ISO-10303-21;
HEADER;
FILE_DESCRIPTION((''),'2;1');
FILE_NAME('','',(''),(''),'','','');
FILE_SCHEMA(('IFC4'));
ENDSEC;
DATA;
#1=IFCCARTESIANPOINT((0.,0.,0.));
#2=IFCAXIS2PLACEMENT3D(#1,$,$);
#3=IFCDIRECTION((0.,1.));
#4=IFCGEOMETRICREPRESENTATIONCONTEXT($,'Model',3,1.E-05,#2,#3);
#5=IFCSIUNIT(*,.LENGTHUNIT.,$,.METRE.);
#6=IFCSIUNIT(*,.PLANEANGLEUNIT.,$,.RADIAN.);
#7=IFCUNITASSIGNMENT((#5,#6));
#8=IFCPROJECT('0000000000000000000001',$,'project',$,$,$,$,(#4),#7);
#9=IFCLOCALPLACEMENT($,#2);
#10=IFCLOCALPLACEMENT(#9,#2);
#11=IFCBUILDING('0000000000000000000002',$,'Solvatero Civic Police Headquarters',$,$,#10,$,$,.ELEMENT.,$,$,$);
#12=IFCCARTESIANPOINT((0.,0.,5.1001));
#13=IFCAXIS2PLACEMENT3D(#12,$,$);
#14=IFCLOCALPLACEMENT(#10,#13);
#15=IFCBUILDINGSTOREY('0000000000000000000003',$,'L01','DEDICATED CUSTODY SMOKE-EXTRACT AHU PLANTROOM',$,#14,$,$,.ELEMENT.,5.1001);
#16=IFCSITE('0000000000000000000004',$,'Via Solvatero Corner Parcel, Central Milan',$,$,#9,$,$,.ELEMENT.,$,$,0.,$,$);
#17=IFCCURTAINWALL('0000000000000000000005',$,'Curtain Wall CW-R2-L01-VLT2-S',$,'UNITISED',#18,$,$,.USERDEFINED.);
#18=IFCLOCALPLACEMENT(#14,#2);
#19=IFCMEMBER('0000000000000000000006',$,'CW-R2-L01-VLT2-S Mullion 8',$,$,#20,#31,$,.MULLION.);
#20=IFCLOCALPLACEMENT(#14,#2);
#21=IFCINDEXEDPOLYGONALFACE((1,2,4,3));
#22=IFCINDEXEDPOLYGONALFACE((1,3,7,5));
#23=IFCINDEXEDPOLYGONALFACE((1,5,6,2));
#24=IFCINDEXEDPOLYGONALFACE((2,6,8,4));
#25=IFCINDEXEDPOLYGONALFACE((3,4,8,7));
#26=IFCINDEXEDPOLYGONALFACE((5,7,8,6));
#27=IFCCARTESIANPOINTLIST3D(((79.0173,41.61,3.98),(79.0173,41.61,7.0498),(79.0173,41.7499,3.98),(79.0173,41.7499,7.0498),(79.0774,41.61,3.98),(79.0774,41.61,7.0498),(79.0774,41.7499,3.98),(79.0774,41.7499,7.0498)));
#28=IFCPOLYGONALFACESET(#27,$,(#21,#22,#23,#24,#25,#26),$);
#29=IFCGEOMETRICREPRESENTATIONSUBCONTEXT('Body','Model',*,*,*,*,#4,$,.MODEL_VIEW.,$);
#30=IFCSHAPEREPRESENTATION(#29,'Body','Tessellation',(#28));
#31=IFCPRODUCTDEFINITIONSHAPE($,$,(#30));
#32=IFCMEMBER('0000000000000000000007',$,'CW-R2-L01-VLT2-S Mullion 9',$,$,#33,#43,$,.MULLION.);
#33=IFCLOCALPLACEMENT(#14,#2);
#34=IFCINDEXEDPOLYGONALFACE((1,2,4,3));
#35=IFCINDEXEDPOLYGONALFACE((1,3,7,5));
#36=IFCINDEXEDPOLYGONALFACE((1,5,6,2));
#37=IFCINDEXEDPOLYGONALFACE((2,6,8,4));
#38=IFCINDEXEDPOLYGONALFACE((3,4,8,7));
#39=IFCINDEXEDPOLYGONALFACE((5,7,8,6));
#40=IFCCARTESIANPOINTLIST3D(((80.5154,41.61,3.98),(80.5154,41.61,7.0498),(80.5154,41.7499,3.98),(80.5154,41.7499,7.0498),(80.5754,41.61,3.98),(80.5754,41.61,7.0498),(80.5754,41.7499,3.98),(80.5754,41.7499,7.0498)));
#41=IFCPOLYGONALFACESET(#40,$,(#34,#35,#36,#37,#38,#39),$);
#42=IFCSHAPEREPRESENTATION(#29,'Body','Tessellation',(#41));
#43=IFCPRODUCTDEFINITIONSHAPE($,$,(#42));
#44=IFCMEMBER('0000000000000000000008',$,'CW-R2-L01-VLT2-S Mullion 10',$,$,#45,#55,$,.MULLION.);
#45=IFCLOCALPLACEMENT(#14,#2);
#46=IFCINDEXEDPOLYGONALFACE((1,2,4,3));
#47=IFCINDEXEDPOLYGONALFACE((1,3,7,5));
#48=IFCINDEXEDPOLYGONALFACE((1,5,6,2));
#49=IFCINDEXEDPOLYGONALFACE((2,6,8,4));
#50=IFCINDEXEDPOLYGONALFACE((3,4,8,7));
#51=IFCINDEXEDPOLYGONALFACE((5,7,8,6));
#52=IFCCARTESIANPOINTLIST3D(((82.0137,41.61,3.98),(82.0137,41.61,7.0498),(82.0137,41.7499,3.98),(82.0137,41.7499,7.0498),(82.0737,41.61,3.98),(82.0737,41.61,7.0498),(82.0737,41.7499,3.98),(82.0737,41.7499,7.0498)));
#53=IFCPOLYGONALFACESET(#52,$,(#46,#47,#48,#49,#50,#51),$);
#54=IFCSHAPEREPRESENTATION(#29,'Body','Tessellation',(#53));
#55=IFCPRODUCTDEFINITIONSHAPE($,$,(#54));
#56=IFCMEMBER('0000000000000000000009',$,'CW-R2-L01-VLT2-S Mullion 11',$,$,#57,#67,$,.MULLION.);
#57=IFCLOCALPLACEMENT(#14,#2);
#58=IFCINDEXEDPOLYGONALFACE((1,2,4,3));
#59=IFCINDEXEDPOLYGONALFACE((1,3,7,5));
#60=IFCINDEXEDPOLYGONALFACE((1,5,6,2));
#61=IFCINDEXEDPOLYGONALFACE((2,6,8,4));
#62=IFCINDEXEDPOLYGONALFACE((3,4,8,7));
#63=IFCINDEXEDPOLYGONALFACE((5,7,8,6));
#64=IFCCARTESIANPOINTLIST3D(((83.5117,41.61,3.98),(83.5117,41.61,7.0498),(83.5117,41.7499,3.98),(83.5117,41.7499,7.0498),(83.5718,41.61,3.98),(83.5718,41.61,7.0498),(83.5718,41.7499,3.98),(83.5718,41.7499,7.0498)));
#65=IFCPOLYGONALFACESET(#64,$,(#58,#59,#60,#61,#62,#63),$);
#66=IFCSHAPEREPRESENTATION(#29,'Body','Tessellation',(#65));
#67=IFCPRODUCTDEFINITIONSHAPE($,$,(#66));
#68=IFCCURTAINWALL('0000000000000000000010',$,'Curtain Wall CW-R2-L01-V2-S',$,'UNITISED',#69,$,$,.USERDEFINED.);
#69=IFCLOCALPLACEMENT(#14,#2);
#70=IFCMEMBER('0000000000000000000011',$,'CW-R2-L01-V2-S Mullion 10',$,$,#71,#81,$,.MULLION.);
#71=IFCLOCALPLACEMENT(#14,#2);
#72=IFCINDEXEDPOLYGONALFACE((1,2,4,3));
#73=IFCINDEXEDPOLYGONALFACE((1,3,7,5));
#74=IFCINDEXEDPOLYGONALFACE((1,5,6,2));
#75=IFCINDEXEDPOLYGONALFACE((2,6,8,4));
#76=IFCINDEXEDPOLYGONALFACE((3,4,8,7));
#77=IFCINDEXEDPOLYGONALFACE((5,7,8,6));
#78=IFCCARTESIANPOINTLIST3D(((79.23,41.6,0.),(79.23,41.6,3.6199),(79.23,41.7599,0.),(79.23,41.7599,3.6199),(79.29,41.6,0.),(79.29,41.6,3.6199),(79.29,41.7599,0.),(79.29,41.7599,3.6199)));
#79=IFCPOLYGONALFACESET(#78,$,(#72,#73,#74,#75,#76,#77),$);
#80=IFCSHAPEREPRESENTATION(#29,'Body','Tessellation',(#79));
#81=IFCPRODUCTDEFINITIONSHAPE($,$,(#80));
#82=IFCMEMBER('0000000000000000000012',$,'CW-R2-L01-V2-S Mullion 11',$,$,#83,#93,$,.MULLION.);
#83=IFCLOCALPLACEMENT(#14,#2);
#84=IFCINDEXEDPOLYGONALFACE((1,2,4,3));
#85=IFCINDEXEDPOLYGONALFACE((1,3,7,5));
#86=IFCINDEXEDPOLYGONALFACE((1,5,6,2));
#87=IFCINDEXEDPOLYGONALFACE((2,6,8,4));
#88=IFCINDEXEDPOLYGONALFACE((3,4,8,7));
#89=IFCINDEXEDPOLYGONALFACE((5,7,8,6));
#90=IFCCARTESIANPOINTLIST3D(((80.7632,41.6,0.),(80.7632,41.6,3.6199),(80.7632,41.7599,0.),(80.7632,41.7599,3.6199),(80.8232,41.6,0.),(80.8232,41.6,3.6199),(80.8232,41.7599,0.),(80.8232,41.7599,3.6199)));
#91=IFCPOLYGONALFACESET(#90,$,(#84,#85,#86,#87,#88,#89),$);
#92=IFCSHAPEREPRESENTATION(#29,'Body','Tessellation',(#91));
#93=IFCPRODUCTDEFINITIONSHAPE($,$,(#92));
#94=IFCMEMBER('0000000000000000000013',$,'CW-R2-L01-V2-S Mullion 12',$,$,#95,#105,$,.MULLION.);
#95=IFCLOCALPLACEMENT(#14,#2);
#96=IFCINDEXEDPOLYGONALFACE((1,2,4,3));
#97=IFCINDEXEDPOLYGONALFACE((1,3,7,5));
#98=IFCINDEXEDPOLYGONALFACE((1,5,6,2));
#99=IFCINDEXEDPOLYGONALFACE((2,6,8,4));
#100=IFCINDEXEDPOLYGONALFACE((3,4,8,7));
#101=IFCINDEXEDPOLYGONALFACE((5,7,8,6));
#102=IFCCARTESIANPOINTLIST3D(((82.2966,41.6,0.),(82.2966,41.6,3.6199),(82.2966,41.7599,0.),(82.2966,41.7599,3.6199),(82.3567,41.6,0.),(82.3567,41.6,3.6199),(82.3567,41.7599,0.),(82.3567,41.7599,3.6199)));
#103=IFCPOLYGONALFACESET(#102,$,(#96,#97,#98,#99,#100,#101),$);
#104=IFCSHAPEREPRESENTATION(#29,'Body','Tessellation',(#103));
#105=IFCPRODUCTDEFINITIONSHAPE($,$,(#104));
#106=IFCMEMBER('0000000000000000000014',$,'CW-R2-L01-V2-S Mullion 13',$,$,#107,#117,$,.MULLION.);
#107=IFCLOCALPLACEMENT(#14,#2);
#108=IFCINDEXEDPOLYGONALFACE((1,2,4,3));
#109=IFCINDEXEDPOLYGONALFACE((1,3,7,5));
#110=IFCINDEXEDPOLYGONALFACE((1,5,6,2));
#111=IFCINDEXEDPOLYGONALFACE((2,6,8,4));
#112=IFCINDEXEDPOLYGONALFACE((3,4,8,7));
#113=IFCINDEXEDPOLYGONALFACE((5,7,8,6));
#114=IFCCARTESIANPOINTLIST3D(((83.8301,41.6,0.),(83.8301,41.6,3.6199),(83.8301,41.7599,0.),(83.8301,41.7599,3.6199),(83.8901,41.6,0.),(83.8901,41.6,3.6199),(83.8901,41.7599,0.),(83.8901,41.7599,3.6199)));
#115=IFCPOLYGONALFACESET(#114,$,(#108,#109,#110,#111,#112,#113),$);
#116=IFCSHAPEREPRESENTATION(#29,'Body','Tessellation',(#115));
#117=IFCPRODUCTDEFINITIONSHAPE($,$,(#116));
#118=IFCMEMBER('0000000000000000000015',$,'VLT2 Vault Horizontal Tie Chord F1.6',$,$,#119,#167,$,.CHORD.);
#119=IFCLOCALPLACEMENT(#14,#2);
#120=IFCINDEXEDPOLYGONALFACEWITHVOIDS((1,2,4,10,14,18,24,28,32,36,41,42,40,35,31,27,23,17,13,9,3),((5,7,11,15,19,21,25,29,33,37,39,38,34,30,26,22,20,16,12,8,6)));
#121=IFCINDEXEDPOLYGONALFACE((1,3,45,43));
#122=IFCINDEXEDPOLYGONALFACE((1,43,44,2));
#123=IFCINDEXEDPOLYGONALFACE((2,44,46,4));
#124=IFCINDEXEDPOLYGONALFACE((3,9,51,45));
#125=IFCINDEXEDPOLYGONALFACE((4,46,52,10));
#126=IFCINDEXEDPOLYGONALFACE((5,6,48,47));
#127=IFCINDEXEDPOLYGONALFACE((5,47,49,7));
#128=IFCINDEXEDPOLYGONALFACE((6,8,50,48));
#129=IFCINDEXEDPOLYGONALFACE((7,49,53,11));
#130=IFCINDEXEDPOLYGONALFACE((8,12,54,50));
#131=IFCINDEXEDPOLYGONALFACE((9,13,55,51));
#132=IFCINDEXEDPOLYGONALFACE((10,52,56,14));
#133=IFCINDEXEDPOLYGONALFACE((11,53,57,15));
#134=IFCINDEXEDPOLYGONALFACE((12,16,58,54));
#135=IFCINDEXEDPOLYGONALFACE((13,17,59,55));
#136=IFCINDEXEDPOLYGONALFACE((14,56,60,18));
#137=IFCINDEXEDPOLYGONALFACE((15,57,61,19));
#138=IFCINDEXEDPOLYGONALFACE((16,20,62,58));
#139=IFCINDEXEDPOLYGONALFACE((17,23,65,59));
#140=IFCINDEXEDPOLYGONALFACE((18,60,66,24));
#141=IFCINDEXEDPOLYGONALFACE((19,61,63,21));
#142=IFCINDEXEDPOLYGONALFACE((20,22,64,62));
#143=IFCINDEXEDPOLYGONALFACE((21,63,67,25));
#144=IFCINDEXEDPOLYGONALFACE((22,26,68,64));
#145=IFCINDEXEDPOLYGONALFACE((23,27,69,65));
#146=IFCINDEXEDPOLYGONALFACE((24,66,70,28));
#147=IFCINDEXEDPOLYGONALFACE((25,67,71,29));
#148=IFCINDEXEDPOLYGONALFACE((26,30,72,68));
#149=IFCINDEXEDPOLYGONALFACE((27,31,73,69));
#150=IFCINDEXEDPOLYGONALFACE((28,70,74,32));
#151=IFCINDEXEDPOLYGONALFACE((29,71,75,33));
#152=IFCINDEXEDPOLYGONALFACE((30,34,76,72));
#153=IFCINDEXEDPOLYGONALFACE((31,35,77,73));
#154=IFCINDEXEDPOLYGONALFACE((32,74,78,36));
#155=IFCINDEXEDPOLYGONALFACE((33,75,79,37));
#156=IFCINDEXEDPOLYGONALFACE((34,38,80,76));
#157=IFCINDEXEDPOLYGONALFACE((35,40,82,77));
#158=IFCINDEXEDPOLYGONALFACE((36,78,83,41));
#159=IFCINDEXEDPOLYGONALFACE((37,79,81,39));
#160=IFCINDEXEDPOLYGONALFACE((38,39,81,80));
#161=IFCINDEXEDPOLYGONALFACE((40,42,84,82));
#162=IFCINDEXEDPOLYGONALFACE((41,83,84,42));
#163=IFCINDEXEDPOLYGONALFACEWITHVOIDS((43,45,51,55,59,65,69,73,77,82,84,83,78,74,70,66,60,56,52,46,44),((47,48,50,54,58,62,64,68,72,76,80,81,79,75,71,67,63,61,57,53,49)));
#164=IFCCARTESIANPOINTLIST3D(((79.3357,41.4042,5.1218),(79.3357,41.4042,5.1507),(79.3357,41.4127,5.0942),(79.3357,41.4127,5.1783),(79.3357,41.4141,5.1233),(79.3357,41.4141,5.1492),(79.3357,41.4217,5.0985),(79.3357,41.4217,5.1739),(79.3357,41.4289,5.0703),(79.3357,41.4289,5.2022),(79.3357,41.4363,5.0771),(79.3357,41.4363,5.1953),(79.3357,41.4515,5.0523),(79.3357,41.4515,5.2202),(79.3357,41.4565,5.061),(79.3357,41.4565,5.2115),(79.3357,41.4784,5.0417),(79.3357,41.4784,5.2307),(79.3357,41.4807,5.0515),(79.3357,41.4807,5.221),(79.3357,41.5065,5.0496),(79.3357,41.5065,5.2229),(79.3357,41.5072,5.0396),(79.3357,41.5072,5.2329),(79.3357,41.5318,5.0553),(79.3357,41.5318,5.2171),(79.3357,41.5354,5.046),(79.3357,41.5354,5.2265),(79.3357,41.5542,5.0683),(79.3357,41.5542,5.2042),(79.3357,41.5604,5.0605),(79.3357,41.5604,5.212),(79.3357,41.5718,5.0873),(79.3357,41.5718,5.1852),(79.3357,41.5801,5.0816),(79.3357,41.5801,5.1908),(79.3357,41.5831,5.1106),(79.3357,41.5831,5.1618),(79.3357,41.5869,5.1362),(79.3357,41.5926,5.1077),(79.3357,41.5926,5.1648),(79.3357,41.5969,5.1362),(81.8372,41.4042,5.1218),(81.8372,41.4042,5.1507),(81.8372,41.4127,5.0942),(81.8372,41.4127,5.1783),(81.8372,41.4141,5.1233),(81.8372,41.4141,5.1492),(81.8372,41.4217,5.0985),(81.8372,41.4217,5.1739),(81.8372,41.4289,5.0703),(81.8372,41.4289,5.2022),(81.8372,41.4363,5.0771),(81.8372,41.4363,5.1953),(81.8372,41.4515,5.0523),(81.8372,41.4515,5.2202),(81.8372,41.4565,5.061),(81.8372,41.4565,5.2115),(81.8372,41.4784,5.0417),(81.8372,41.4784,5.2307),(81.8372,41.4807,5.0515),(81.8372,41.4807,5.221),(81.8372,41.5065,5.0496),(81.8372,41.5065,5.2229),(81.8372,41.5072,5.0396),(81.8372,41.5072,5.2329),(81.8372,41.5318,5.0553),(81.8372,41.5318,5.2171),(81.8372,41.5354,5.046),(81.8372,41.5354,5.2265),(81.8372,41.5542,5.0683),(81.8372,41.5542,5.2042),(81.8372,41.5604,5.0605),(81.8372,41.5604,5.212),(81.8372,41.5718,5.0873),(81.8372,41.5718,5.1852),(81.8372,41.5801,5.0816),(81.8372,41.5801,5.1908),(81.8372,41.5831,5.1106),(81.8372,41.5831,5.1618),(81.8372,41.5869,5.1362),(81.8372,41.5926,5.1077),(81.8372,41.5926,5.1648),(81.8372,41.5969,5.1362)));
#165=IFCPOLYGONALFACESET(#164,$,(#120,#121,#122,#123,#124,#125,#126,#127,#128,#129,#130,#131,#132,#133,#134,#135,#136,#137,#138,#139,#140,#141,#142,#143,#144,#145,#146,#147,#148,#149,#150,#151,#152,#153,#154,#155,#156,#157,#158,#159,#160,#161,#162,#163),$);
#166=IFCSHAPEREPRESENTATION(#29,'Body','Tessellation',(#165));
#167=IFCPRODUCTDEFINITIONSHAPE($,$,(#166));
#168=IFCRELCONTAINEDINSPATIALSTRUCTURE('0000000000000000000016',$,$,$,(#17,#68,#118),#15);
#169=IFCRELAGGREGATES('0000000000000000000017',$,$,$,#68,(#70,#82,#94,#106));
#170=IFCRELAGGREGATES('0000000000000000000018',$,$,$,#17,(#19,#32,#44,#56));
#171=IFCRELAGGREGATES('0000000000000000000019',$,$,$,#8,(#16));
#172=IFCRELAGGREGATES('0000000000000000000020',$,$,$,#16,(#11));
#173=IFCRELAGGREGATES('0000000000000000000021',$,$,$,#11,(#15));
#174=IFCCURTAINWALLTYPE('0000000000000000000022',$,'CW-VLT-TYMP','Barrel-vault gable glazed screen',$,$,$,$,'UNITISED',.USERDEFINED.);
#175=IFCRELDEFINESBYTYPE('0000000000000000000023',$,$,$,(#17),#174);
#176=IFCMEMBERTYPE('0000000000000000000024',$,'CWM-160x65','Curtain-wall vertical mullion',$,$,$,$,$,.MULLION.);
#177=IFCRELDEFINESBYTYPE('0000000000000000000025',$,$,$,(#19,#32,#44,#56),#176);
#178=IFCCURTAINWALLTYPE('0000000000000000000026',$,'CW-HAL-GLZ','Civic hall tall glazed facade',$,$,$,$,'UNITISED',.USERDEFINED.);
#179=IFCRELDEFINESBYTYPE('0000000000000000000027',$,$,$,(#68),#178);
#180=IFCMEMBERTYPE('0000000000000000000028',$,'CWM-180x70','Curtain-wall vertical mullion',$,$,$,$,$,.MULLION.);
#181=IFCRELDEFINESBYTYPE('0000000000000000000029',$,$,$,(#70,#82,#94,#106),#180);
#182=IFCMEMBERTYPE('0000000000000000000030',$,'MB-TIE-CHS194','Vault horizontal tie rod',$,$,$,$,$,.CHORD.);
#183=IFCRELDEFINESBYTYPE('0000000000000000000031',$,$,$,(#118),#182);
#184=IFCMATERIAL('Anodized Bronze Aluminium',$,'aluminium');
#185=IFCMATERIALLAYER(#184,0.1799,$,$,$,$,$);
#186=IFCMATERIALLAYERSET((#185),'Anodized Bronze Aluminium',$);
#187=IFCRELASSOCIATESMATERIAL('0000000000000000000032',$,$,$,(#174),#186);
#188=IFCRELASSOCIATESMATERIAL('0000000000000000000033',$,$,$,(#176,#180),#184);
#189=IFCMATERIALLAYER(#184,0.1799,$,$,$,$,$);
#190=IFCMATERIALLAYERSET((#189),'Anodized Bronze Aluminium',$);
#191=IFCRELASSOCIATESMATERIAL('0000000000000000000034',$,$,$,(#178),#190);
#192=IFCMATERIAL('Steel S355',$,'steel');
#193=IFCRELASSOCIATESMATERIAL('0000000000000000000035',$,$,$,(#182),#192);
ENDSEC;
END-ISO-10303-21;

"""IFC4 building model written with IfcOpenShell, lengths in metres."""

from ifc_helpers import new_model, si_unit, direction, frame, origin, origin_2d, place, context, subcontext, project, spatial, rectangle, hollow_circle, extrude, material, layer, layer_set, material_profile, profile_set, type_object, element, aggregate, save


model = new_model("IFC4")

# Units and contexts
model_context = context("Model", 3, precision=1e-05, world=origin(), true_north=direction((0.0, 1.0)))
body_context = subcontext(model_context, "Body", "Model", "MODEL_VIEW")
ifc_project = project(units=[si_unit("LENGTHUNIT", "METRE"), si_unit("PLANEANGLEUNIT", "RADIAN")], contexts=[model_context])

# Site, building, storey
site_placement = place(None, origin())
site = spatial("IfcSite", under=ifc_project, at=site_placement, Name="Via Solvatero Corner Parcel, Central Milan", CompositionType="ELEMENT", RefElevation=0.0)
building_placement = place(site_placement, origin())
building = spatial("IfcBuilding", under=site, at=building_placement, Name="Solvatero Civic Police Headquarters", CompositionType="ELEMENT")
storey_placement = place(building_placement, frame((0.0, 0.0, 5.1001)))
storey = spatial("IfcBuildingStorey", under=building, at=storey_placement, Name="L01", Description="DEDICATED CUSTODY SMOKE-EXTRACT AHU PLANTROOM", CompositionType="ELEMENT", Elevation=5.1001)

# Curtain walls, members
ifc_material_1 = material(Name="Anodized Bronze Aluminium", Category="aluminium")
ifc_layer_1 = layer(ifc_material_1, 0.1799)
ifc_layer_set_1 = layer_set([ifc_layer_1], Name="Anodized Bronze Aluminium")
curtain_wall_type_1 = type_object("IfcCurtainWallType", Name="CW-VLT-TYMP", Description="Barrel-vault gable glazed screen", ElementType="UNITISED", PredefinedType="USERDEFINED", material=ifc_layer_set_1)
curtain_wall_1_placement = place(storey_placement, origin())
curtain_wall_1 = element("IfcCurtainWall", 1, at=curtain_wall_1_placement, inside=storey, type_object=curtain_wall_type_1, Name="Curtain Wall CW-R2-L01-VLT2-S", ObjectType="UNITISED", PredefinedType="USERDEFINED")
ifc_material_profile_1 = material_profile(ifc_material_1, rectangle(XDim=0.0601, YDim=0.1399, at=origin_2d()), Name="ALU MULLION 60x140")
ifc_profile_set_1 = profile_set([ifc_material_profile_1], Name="Anodized Bronze Aluminium")
member_type_1 = type_object("IfcMemberType", Name="CWM-160x65", Description="Curtain-wall vertical mullion", PredefinedType="MULLION", material=ifc_profile_set_1)
member_1_placement = place(storey_placement, frame((79.0474, 41.6799, 3.98), z_axis=(0.0, 0.0, 1.0), x_axis=(1.0, 0.0, 0.0)))
member_1 = element("IfcMember", 2, at=member_1_placement, type_object=member_type_1, Name="CW-R2-L01-VLT2-S Mullion 8", PredefinedType="MULLION", context=body_context, shape_type="SweptSolid", body=[
    extrude(rectangle(XDim=0.0601, YDim=0.1399, at=origin_2d()), origin(), (0.0, 0.0, 1.0), 3.0698),
])
member_2_placement = place(storey_placement, frame((80.5454, 41.6799, 3.98), z_axis=(0.0, 0.0, 1.0), x_axis=(1.0, 0.0, 0.0)))
member_2 = element("IfcMember", 3, at=member_2_placement, type_object=member_type_1, Name="CW-R2-L01-VLT2-S Mullion 9", PredefinedType="MULLION", context=body_context, shape_type="SweptSolid", body=[
    extrude(rectangle(XDim=0.0601, YDim=0.1399, at=origin_2d()), origin(), (0.0, 0.0, 1.0), 3.0698),
])
member_3_placement = place(storey_placement, frame((82.0437, 41.6799, 3.98), z_axis=(0.0, 0.0, 1.0), x_axis=(1.0, 0.0, 0.0)))
member_3 = element("IfcMember", 4, at=member_3_placement, type_object=member_type_1, Name="CW-R2-L01-VLT2-S Mullion 10", PredefinedType="MULLION", context=body_context, shape_type="SweptSolid", body=[
    extrude(rectangle(XDim=0.0601, YDim=0.1399, at=origin_2d()), origin(), (0.0, 0.0, 1.0), 3.0698),
])
member_4_placement = place(storey_placement, frame((83.5417, 41.6799, 3.98), z_axis=(0.0, 0.0, 1.0), x_axis=(1.0, 0.0, 0.0)))
member_4 = element("IfcMember", 5, at=member_4_placement, type_object=member_type_1, Name="CW-R2-L01-VLT2-S Mullion 11", PredefinedType="MULLION", context=body_context, shape_type="SweptSolid", body=[
    extrude(rectangle(XDim=0.0601, YDim=0.1399, at=origin_2d()), origin(), (0.0, 0.0, 1.0), 3.0698),
])
ifc_layer_2 = layer(ifc_material_1, 0.1799)
ifc_layer_set_2 = layer_set([ifc_layer_2], Name="Anodized Bronze Aluminium")
curtain_wall_type_2 = type_object("IfcCurtainWallType", Name="CW-HAL-GLZ", Description="Civic hall tall glazed facade", ElementType="UNITISED", PredefinedType="USERDEFINED", material=ifc_layer_set_2)
curtain_wall_2_placement = place(storey_placement, origin())
curtain_wall_2 = element("IfcCurtainWall", 6, at=curtain_wall_2_placement, inside=storey, type_object=curtain_wall_type_2, Name="Curtain Wall CW-R2-L01-V2-S", ObjectType="UNITISED", PredefinedType="USERDEFINED")
ifc_material_profile_2 = material_profile(ifc_material_1, rectangle(XDim=0.0601, YDim=0.1599, at=origin_2d()), Name="ALU MULLION 60x160")
ifc_profile_set_2 = profile_set([ifc_material_profile_2], Name="Anodized Bronze Aluminium")
member_type_2 = type_object("IfcMemberType", Name="CWM-180x70", Description="Curtain-wall vertical mullion", PredefinedType="MULLION", material=ifc_profile_set_2)
member_5_placement = place(storey_placement, frame((79.26, 41.6799, 0.0), z_axis=(0.0, 0.0, 1.0), x_axis=(1.0, 0.0, 0.0)))
member_5 = element("IfcMember", 7, at=member_5_placement, type_object=member_type_2, Name="CW-R2-L01-V2-S Mullion 10", PredefinedType="MULLION", context=body_context, shape_type="SweptSolid", body=[
    extrude(rectangle(XDim=0.0601, YDim=0.1599, at=origin_2d()), origin(), (0.0, 0.0, 1.0), 3.6199),
])
member_6_placement = place(storey_placement, frame((80.7932, 41.6799, 0.0), z_axis=(0.0, 0.0, 1.0), x_axis=(1.0, 0.0, 0.0)))
member_6 = element("IfcMember", 8, at=member_6_placement, type_object=member_type_2, Name="CW-R2-L01-V2-S Mullion 11", PredefinedType="MULLION", context=body_context, shape_type="SweptSolid", body=[
    extrude(rectangle(XDim=0.0601, YDim=0.1599, at=origin_2d()), origin(), (0.0, 0.0, 1.0), 3.6199),
])
member_7_placement = place(storey_placement, frame((82.3267, 41.6799, 0.0), z_axis=(0.0, 0.0, 1.0), x_axis=(1.0, 0.0, 0.0)))
member_7 = element("IfcMember", 9, at=member_7_placement, type_object=member_type_2, Name="CW-R2-L01-V2-S Mullion 12", PredefinedType="MULLION", context=body_context, shape_type="SweptSolid", body=[
    extrude(rectangle(XDim=0.0601, YDim=0.1599, at=origin_2d()), origin(), (0.0, 0.0, 1.0), 3.6199),
])
member_8_placement = place(storey_placement, frame((83.8601, 41.6799, 0.0), z_axis=(0.0, 0.0, 1.0), x_axis=(1.0, 0.0, 0.0)))
member_8 = element("IfcMember", 10, at=member_8_placement, type_object=member_type_2, Name="CW-R2-L01-V2-S Mullion 13", PredefinedType="MULLION", context=body_context, shape_type="SweptSolid", body=[
    extrude(rectangle(XDim=0.0601, YDim=0.1599, at=origin_2d()), origin(), (0.0, 0.0, 1.0), 3.6199),
])

# Member
ifc_material_2 = material(Name="Steel S355", Category="steel")
ifc_material_profile_3 = material_profile(ifc_material_2, hollow_circle(Radius=0.0969, WallThickness=0.01, at=origin_2d()), Name="CHS 193.7x10.0")
ifc_profile_set_3 = profile_set([ifc_material_profile_3], Name="Steel S355")
member_type_3 = type_object("IfcMemberType", Name="MB-TIE-CHS194", Description="Vault horizontal tie rod", PredefinedType="CHORD", material=ifc_profile_set_3)
member_9_placement = place(storey_placement, frame((79.3357, 41.5, 5.1362), z_axis=(1.0, 0.0, 0.0), x_axis=(0.0, 1.0, 0.0)))
element("IfcMember", 11, at=member_9_placement, inside=storey, type_object=member_type_3, Name="VLT2 Vault Horizontal Tie Chord F1.6", PredefinedType="CHORD", context=body_context, shape_type="SweptSolid", body=[
    extrude(hollow_circle(Radius=0.0969, WallThickness=0.01, at=origin_2d()), origin(), (0.0, 0.0, 1.0), 2.5015),
])

aggregate(curtain_wall_2, [member_5, member_6, member_7, member_8])
aggregate(curtain_wall_1, [member_1, member_2, member_3, member_4])

save(model, "model.ifc")
